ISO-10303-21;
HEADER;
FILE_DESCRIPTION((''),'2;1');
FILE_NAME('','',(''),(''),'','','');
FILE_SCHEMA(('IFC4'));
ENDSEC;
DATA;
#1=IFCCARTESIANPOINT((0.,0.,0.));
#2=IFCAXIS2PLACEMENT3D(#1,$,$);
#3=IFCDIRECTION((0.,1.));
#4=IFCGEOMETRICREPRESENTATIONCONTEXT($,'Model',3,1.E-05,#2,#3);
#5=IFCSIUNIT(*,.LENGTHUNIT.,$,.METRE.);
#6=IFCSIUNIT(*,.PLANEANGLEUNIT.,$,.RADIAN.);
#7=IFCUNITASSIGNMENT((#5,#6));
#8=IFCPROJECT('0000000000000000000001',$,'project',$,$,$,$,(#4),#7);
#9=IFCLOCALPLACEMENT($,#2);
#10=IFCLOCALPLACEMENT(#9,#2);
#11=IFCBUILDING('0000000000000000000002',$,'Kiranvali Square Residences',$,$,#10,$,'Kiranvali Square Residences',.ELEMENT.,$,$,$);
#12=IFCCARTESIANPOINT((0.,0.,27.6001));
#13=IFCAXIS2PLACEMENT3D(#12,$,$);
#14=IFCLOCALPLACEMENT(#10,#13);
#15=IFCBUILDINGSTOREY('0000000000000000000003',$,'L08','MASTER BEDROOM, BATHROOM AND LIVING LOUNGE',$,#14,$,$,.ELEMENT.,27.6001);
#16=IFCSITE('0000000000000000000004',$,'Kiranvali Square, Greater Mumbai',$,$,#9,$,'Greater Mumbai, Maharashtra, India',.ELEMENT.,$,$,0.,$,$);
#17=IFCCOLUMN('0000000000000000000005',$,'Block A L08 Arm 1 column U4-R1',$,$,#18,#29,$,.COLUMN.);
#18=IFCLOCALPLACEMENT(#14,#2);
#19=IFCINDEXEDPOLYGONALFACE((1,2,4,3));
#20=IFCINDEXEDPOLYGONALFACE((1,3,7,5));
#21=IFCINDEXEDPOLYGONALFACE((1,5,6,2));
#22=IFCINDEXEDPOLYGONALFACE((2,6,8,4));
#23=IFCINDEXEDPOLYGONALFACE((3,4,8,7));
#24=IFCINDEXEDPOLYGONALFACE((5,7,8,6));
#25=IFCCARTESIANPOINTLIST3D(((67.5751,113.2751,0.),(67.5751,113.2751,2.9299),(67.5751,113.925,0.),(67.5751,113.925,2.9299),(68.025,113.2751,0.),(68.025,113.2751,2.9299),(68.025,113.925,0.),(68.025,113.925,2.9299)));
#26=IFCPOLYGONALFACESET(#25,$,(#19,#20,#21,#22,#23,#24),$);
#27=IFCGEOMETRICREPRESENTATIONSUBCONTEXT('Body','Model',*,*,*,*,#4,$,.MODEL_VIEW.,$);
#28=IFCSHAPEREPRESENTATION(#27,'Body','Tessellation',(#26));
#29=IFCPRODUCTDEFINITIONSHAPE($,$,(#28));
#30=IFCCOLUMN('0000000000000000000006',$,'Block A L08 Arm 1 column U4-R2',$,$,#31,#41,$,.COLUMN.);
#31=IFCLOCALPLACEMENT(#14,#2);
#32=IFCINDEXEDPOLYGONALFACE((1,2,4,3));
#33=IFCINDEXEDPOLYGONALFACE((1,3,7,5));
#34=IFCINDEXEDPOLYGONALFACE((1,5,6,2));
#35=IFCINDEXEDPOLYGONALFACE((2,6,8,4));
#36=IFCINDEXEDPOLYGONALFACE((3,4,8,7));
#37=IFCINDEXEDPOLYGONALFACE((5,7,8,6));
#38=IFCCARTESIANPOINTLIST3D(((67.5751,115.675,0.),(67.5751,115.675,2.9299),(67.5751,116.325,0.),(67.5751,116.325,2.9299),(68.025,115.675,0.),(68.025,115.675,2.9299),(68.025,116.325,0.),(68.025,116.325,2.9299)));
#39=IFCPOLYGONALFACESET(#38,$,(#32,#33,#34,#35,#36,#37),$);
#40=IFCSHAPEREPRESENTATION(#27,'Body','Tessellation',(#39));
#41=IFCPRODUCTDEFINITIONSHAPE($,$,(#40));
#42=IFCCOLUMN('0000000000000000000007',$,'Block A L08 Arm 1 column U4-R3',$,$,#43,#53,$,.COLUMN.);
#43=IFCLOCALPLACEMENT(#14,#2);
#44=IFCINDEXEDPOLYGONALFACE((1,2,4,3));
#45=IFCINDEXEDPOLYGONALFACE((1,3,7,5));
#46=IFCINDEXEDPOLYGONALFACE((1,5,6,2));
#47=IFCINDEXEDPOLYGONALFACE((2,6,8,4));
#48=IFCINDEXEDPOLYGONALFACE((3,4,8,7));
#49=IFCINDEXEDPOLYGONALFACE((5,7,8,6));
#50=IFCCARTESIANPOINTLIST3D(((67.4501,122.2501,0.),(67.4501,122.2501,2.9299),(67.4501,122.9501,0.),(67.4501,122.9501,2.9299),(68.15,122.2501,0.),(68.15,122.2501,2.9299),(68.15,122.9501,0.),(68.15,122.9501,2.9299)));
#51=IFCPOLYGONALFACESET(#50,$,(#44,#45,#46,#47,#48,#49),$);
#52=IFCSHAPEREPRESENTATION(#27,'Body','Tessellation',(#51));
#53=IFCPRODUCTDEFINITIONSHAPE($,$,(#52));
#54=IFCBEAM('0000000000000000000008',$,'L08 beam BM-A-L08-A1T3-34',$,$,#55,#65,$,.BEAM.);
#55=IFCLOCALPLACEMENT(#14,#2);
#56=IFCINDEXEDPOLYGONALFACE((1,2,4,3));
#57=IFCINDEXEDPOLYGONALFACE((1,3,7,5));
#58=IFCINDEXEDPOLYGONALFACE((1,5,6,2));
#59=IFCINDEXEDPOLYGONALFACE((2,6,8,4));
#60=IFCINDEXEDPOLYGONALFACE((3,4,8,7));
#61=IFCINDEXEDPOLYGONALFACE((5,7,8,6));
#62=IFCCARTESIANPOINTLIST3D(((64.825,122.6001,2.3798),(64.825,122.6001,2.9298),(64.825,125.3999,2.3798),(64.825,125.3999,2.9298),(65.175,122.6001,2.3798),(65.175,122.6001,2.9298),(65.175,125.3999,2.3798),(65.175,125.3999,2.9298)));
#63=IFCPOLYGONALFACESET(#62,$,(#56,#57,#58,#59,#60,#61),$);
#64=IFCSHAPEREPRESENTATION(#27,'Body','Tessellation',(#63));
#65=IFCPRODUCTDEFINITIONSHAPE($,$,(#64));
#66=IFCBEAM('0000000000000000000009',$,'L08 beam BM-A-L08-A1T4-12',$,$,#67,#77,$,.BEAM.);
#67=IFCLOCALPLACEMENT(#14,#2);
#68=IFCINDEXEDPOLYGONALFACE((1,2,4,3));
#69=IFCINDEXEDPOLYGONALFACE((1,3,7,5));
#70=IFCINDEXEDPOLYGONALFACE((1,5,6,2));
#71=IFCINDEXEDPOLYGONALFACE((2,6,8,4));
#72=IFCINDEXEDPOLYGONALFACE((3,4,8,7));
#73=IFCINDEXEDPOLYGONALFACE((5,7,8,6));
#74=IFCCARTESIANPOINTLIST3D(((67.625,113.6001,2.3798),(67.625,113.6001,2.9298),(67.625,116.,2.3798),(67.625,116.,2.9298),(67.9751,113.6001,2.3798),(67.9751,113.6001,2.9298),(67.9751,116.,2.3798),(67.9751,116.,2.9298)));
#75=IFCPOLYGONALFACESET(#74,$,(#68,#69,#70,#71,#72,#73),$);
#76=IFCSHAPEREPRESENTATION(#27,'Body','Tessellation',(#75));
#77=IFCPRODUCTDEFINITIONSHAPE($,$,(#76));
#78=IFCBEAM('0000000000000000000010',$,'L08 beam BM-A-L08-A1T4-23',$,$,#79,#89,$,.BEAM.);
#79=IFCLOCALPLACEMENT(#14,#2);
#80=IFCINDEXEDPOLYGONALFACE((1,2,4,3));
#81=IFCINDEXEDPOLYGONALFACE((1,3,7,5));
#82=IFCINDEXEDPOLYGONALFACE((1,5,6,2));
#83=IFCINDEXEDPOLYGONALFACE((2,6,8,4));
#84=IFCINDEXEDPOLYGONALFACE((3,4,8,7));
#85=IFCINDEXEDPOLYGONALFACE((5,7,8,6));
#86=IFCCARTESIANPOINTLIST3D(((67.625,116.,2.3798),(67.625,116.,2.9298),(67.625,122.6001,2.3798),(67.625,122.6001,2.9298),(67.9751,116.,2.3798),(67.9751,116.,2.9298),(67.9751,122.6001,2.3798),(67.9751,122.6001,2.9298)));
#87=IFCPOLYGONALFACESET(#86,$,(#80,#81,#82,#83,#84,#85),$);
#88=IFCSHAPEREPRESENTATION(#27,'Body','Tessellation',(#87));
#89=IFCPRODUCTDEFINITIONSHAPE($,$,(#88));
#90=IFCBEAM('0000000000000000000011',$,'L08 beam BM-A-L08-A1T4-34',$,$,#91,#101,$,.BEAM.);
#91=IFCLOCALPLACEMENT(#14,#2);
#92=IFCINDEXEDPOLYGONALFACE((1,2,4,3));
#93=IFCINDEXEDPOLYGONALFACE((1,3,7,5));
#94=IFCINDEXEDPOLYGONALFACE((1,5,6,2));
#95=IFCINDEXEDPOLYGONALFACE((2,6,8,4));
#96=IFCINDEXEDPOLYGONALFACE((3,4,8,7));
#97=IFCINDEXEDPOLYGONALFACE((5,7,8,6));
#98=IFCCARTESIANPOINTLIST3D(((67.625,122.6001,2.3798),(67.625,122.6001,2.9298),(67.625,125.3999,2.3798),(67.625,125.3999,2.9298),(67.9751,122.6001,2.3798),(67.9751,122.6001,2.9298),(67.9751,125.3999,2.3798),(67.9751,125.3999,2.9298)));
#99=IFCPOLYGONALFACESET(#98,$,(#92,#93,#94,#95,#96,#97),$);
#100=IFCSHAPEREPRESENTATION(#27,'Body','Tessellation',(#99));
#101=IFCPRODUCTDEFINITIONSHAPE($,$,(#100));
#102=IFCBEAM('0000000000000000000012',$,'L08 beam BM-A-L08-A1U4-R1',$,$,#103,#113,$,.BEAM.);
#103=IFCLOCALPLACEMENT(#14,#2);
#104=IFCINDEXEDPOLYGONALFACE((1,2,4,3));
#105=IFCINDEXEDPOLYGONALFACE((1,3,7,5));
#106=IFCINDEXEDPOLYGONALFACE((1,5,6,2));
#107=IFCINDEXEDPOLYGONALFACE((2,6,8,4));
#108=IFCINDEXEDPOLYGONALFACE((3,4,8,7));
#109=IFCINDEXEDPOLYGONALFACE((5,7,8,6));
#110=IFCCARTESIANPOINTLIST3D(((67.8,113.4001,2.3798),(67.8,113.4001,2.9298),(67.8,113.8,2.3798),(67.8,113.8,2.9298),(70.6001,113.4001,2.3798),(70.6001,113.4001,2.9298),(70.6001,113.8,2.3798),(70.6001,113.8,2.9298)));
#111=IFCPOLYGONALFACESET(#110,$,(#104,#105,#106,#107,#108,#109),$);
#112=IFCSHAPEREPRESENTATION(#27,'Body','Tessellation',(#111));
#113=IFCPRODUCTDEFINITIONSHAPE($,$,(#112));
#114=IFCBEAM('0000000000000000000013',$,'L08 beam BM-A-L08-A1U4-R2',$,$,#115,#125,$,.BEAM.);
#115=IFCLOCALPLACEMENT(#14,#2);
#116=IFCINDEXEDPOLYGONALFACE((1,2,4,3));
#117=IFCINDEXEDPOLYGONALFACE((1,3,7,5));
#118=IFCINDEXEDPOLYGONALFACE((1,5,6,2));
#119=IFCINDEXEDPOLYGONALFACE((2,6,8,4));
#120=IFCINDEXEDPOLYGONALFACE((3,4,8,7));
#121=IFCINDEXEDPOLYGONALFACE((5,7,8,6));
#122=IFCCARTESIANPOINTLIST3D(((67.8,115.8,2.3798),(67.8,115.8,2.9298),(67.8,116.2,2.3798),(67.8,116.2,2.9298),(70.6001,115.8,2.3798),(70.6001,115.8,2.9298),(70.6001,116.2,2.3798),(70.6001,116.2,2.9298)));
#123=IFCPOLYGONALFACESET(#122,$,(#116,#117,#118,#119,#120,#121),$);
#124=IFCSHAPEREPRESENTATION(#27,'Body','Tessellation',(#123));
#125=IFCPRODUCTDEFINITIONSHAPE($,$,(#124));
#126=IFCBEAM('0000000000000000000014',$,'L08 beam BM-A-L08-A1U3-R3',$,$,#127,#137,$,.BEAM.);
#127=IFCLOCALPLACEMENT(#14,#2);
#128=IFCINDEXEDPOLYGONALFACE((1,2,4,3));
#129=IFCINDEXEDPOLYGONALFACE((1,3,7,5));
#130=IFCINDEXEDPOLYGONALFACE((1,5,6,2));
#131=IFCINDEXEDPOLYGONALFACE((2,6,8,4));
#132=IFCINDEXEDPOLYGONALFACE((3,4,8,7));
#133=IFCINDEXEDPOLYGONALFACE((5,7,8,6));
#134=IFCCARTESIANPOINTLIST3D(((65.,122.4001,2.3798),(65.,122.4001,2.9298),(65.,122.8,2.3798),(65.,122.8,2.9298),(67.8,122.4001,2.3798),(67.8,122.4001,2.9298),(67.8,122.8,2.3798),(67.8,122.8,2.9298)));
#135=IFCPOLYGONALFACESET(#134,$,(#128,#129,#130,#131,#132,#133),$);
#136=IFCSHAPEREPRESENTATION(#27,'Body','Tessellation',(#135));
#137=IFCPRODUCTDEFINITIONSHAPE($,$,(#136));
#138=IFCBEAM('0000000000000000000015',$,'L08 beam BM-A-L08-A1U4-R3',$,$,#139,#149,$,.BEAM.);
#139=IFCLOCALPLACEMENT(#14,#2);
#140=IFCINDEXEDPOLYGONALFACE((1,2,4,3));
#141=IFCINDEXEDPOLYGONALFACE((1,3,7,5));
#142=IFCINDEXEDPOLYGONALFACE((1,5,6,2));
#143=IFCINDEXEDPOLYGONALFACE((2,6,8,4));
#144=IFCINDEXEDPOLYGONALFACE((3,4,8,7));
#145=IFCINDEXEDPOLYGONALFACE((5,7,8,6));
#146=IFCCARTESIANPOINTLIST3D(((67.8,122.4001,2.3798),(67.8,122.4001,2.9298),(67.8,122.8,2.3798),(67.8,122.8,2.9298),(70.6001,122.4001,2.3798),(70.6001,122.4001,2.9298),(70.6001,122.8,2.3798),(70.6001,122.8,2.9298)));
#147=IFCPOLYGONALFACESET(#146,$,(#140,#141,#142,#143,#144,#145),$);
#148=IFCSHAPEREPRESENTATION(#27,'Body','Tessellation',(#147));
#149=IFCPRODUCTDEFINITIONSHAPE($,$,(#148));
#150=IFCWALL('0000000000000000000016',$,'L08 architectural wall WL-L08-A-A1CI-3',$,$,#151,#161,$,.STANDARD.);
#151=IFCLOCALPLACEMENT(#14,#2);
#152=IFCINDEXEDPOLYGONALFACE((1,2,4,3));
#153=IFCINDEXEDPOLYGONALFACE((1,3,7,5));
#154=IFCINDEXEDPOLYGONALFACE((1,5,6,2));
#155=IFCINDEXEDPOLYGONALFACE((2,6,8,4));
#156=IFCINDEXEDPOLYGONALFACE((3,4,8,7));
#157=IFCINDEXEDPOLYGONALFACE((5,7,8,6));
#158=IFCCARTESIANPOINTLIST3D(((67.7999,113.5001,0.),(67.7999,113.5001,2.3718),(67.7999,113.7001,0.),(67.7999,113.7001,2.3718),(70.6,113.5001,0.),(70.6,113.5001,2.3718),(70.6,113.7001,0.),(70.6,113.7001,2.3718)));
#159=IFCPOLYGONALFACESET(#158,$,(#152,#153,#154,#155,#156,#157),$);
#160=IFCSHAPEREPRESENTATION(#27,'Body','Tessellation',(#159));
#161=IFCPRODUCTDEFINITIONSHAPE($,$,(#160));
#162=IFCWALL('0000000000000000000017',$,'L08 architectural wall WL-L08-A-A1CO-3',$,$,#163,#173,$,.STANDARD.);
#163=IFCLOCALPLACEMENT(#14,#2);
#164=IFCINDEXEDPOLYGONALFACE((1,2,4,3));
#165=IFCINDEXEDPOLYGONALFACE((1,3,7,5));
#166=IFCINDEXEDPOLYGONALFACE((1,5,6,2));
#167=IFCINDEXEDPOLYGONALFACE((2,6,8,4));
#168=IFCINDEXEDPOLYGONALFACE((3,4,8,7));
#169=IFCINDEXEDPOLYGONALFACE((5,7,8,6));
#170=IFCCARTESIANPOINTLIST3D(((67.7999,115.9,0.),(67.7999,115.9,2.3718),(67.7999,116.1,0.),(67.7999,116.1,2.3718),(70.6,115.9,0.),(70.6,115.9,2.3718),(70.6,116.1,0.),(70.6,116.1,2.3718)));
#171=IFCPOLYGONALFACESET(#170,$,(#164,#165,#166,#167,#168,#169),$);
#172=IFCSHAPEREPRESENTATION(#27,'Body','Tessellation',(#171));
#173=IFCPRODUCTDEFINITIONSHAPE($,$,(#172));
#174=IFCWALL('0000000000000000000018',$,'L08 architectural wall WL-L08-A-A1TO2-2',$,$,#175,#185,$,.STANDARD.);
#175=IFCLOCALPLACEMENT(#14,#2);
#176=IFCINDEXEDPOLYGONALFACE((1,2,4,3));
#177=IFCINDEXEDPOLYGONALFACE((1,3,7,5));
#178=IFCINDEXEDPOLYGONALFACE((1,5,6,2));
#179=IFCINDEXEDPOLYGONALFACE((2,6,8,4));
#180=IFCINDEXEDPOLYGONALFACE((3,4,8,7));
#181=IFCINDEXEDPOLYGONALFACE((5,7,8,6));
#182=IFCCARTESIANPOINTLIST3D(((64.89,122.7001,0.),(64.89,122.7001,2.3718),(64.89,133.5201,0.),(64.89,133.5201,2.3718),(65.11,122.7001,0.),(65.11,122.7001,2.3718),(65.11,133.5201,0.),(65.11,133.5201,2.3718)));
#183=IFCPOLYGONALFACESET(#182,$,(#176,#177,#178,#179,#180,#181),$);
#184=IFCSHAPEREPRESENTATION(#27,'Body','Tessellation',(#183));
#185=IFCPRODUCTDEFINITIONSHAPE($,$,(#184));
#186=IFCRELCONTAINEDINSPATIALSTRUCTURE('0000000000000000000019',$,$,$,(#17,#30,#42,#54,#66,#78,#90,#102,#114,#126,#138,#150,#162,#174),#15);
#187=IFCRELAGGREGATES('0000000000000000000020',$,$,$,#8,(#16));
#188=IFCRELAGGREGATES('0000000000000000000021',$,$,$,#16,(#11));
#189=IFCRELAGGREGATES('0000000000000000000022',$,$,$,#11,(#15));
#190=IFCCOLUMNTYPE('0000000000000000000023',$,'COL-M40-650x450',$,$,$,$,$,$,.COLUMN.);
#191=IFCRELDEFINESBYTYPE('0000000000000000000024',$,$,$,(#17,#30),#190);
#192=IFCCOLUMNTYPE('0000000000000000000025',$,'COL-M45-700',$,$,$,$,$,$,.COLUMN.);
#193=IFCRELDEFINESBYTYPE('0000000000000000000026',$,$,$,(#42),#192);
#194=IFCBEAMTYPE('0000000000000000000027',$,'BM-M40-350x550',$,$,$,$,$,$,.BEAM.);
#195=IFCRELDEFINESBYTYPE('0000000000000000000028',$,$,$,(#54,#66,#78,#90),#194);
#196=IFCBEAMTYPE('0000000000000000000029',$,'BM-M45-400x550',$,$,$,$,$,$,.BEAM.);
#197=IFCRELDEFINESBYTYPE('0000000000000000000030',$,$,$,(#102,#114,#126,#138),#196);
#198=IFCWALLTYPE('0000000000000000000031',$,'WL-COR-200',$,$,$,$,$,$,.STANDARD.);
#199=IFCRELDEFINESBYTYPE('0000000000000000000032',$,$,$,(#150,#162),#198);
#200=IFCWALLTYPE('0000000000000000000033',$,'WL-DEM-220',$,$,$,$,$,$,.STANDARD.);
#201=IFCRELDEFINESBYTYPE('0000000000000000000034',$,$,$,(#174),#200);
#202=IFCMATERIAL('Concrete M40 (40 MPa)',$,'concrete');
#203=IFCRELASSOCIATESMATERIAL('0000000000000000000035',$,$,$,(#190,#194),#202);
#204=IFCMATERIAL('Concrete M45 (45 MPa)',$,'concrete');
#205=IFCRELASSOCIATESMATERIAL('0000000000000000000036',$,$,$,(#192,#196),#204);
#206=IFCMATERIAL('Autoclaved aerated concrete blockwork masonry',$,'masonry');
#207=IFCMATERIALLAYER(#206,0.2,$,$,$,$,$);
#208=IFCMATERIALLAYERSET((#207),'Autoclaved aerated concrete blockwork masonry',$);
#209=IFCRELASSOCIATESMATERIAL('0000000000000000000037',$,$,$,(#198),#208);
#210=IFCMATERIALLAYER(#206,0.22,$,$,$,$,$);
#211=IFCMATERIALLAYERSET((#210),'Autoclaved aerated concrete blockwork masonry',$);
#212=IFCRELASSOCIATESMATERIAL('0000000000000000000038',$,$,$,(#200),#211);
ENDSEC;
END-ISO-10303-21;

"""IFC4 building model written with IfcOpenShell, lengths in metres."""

from ifc_helpers import new_model, si_unit, direction, frame, frame_2d, origin, origin_2d, place, context, subcontext, project, spatial, rectangle, extrude, material, layer, layer_set, material_profile, profile_set, type_object, element, save


model = new_model("IFC4")

# Units and contexts
model_context = context("Model", 3, precision=1e-05, world=origin(), true_north=direction((0.0, 1.0)))
body_context = subcontext(model_context, "Body", "Model", "MODEL_VIEW")
ifc_project = project(units=[si_unit("LENGTHUNIT", "METRE"), si_unit("PLANEANGLEUNIT", "RADIAN")], contexts=[model_context])

# Site, building, storey
site_placement = place(None, origin())
site = spatial("IfcSite", under=ifc_project, at=site_placement, Name="Kiranvali Square, Greater Mumbai", LongName="Greater Mumbai, Maharashtra, India", CompositionType="ELEMENT", RefElevation=0.0)
building_placement = place(site_placement, origin())
building = spatial("IfcBuilding", under=site, at=building_placement, Name="Kiranvali Square Residences", LongName="Kiranvali Square Residences", CompositionType="ELEMENT")
storey_placement = place(building_placement, frame((0.0, 0.0, 27.6001)))
storey = spatial("IfcBuildingStorey", under=building, at=storey_placement, Name="L08", Description="MASTER BEDROOM, BATHROOM AND LIVING LOUNGE", CompositionType="ELEMENT", Elevation=27.6001)

# Columns
ifc_material_1 = material(Name="Concrete M40 (40 MPa)", Category="concrete")
ifc_material_profile_1 = material_profile(ifc_material_1, rectangle(XDim=0.45, YDim=0.6499, at=origin_2d()), Name="RC 650x450")
ifc_profile_set_1 = profile_set([ifc_material_profile_1], Name="Concrete M40 (40 MPa)")
column_type_1 = type_object("IfcColumnType", Name="COL-M40-650x450", PredefinedType="COLUMN", material=ifc_profile_set_1)
for number, where, z_axis, x_axis, name in (
    (1, (67.8, 113.6001, 0.0), (0.0, 0.0, 1.0), (1.0, 0.0, 0.0), "Block A L08 Arm 1 column U4-R1"),
    (2, (67.8, 116.0, 0.0), (0.0, 0.0, 1.0), (1.0, 0.0, 0.0), "Block A L08 Arm 1 column U4-R2"),
):
    element("IfcColumn", number, at=place(storey_placement, frame(where, z_axis=z_axis, x_axis=x_axis)), inside=storey, type_object=column_type_1, Name=name, PredefinedType="COLUMN", context=body_context, shape_type="SweptSolid", body=[
        extrude(rectangle(XDim=0.45, YDim=0.6499, at=origin_2d()), origin(), (0.0, 0.0, 1.0), 2.9299),
    ])
ifc_material_2 = material(Name="Concrete M45 (45 MPa)", Category="concrete")
ifc_material_profile_2 = material_profile(ifc_material_2, rectangle(XDim=0.7, YDim=0.7, at=origin_2d()), Name="RC 700x700")
ifc_profile_set_2 = profile_set([ifc_material_profile_2], Name="Concrete M45 (45 MPa)")
column_type_2 = type_object("IfcColumnType", Name="COL-M45-700", PredefinedType="COLUMN", material=ifc_profile_set_2)
column_placement = place(storey_placement, frame((67.8, 122.6001, 0.0), z_axis=(0.0, 0.0, 1.0), x_axis=(1.0, 0.0, 0.0)))
element("IfcColumn", 3, at=column_placement, inside=storey, type_object=column_type_2, Name="Block A L08 Arm 1 column U4-R3", PredefinedType="COLUMN", context=body_context, shape_type="SweptSolid", body=[
    extrude(rectangle(XDim=0.7, YDim=0.7, at=origin_2d()), origin(), (0.0, 0.0, 1.0), 2.9299),
])

# Beams
ifc_material_profile_3 = material_profile(ifc_material_1, rectangle(XDim=0.3501, YDim=0.55, at=origin_2d()), Name="RC 350x550")
ifc_profile_set_3 = profile_set([ifc_material_profile_3], Name="Concrete M40 (40 MPa)")
beam_type_1 = type_object("IfcBeamType", Name="BM-M40-350x550", PredefinedType="BEAM", material=ifc_profile_set_3)
beam_1_placement = place(storey_placement, frame((65.0, 122.6001, 2.6548), z_axis=(0.0, 1.0, 0.0), x_axis=(-1.0, 0.0, 0.0)))
element("IfcBeam", 4, at=beam_1_placement, inside=storey, type_object=beam_type_1, Name="L08 beam BM-A-L08-A1T3-34", PredefinedType="BEAM", context=body_context, shape_type="SweptSolid", body=[
    extrude(rectangle(XDim=0.3501, YDim=0.55, at=origin_2d()), origin(), (0.0, 0.0, 1.0), 2.7998),
])
beam_2_placement = place(storey_placement, frame((67.8, 113.6001, 2.6548), z_axis=(0.0, 1.0, 0.0), x_axis=(-1.0, 0.0, 0.0)))
element("IfcBeam", 5, at=beam_2_placement, inside=storey, type_object=beam_type_1, Name="L08 beam BM-A-L08-A1T4-12", PredefinedType="BEAM", context=body_context, shape_type="SweptSolid", body=[
    extrude(rectangle(XDim=0.3501, YDim=0.55, at=origin_2d()), origin(), (0.0, 0.0, 1.0), 2.3999),
])
beam_3_placement = place(storey_placement, frame((67.8, 116.0, 2.6548), z_axis=(0.0, 1.0, 0.0), x_axis=(-1.0, 0.0, 0.0)))
element("IfcBeam", 6, at=beam_3_placement, inside=storey, type_object=beam_type_1, Name="L08 beam BM-A-L08-A1T4-23", PredefinedType="BEAM", context=body_context, shape_type="SweptSolid", body=[
    extrude(rectangle(XDim=0.3501, YDim=0.55, at=origin_2d()), origin(), (0.0, 0.0, 1.0), 6.6001),
])
beam_4_placement = place(storey_placement, frame((67.8, 122.6001, 2.6548), z_axis=(0.0, 1.0, 0.0), x_axis=(-1.0, 0.0, 0.0)))
element("IfcBeam", 7, at=beam_4_placement, inside=storey, type_object=beam_type_1, Name="L08 beam BM-A-L08-A1T4-34", PredefinedType="BEAM", context=body_context, shape_type="SweptSolid", body=[
    extrude(rectangle(XDim=0.3501, YDim=0.55, at=origin_2d()), origin(), (0.0, 0.0, 1.0), 2.7998),
])
ifc_material_profile_4 = material_profile(ifc_material_2, rectangle(XDim=0.3999, YDim=0.55, at=origin_2d()), Name="RC 400x550")
ifc_profile_set_4 = profile_set([ifc_material_profile_4], Name="Concrete M45 (45 MPa)")
beam_type_2 = type_object("IfcBeamType", Name="BM-M45-400x550", PredefinedType="BEAM", material=ifc_profile_set_4)
for number, where, z_axis, x_axis, name in (
    (8, (67.8, 113.6001, 2.6548), (1.0, 0.0, 0.0), (0.0, 1.0, 0.0), "L08 beam BM-A-L08-A1U4-R1"),
    (9, (67.8, 116.0, 2.6548), (1.0, 0.0, 0.0), (0.0, 1.0, 0.0), "L08 beam BM-A-L08-A1U4-R2"),
    (10, (65.0, 122.6001, 2.6548), (1.0, 0.0, 0.0), (0.0, 1.0, 0.0), "L08 beam BM-A-L08-A1U3-R3"),
    (11, (67.8, 122.6001, 2.6548), (1.0, 0.0, 0.0), (0.0, 1.0, 0.0), "L08 beam BM-A-L08-A1U4-R3"),
):
    element("IfcBeam", number, at=place(storey_placement, frame(where, z_axis=z_axis, x_axis=x_axis)), inside=storey, type_object=beam_type_2, Name=name, PredefinedType="BEAM", context=body_context, shape_type="SweptSolid", body=[
        extrude(rectangle(XDim=0.3999, YDim=0.55, at=origin_2d()), origin(), (0.0, 0.0, 1.0), 2.8),
    ])

# Walls
ifc_material_3 = material(Name="Autoclaved aerated concrete blockwork masonry", Category="masonry")
ifc_layer_1 = layer(ifc_material_3, 0.2)
ifc_layer_set_1 = layer_set([ifc_layer_1], Name="Autoclaved aerated concrete blockwork masonry")
wall_type_1 = type_object("IfcWallType", Name="WL-COR-200", PredefinedType="STANDARD", material=ifc_layer_set_1)
for number, where, z_axis, x_axis, name in (
    (12, (67.8, 113.6001, 0.0), (0.0, 0.0, 1.0), (1.0, 0.0, 0.0), "L08 architectural wall WL-L08-A-A1CI-3"),
    (13, (67.8, 116.0, 0.0), (0.0, 0.0, 1.0), (1.0, 0.0, 0.0), "L08 architectural wall WL-L08-A-A1CO-3"),
):
    element("IfcWall", number, at=place(storey_placement, frame(where, z_axis=z_axis, x_axis=x_axis)), inside=storey, type_object=wall_type_1, Name=name, PredefinedType="STANDARD", context=body_context, shape_type="SweptSolid", body=[
        extrude(rectangle(XDim=2.8, YDim=0.2, at=frame_2d((1.3999, 0.0))), origin(), (0.0, 0.0, 1.0), 2.3718),
    ])
ifc_layer_2 = layer(ifc_material_3, 0.22)
ifc_layer_set_2 = layer_set([ifc_layer_2], Name="Autoclaved aerated concrete blockwork masonry")
wall_type_2 = type_object("IfcWallType", Name="WL-DEM-220", PredefinedType="STANDARD", material=ifc_layer_set_2)
wall_1_placement = place(storey_placement, frame((65.0, 122.7, 0.0), z_axis=(0.0, 0.0, 1.0), x_axis=(0.0, 1.0, 0.0)))
element("IfcWall", 14, at=wall_1_placement, inside=storey, type_object=wall_type_2, Name="L08 architectural wall WL-L08-A-A1TO2-2", PredefinedType="STANDARD", context=body_context, shape_type="SweptSolid", body=[
    extrude(rectangle(XDim=10.8201, YDim=0.22, at=frame_2d((5.4102, 0.0))), origin(), (0.0, 0.0, 1.0), 2.3718),
])

save(model, "model.ifc")
